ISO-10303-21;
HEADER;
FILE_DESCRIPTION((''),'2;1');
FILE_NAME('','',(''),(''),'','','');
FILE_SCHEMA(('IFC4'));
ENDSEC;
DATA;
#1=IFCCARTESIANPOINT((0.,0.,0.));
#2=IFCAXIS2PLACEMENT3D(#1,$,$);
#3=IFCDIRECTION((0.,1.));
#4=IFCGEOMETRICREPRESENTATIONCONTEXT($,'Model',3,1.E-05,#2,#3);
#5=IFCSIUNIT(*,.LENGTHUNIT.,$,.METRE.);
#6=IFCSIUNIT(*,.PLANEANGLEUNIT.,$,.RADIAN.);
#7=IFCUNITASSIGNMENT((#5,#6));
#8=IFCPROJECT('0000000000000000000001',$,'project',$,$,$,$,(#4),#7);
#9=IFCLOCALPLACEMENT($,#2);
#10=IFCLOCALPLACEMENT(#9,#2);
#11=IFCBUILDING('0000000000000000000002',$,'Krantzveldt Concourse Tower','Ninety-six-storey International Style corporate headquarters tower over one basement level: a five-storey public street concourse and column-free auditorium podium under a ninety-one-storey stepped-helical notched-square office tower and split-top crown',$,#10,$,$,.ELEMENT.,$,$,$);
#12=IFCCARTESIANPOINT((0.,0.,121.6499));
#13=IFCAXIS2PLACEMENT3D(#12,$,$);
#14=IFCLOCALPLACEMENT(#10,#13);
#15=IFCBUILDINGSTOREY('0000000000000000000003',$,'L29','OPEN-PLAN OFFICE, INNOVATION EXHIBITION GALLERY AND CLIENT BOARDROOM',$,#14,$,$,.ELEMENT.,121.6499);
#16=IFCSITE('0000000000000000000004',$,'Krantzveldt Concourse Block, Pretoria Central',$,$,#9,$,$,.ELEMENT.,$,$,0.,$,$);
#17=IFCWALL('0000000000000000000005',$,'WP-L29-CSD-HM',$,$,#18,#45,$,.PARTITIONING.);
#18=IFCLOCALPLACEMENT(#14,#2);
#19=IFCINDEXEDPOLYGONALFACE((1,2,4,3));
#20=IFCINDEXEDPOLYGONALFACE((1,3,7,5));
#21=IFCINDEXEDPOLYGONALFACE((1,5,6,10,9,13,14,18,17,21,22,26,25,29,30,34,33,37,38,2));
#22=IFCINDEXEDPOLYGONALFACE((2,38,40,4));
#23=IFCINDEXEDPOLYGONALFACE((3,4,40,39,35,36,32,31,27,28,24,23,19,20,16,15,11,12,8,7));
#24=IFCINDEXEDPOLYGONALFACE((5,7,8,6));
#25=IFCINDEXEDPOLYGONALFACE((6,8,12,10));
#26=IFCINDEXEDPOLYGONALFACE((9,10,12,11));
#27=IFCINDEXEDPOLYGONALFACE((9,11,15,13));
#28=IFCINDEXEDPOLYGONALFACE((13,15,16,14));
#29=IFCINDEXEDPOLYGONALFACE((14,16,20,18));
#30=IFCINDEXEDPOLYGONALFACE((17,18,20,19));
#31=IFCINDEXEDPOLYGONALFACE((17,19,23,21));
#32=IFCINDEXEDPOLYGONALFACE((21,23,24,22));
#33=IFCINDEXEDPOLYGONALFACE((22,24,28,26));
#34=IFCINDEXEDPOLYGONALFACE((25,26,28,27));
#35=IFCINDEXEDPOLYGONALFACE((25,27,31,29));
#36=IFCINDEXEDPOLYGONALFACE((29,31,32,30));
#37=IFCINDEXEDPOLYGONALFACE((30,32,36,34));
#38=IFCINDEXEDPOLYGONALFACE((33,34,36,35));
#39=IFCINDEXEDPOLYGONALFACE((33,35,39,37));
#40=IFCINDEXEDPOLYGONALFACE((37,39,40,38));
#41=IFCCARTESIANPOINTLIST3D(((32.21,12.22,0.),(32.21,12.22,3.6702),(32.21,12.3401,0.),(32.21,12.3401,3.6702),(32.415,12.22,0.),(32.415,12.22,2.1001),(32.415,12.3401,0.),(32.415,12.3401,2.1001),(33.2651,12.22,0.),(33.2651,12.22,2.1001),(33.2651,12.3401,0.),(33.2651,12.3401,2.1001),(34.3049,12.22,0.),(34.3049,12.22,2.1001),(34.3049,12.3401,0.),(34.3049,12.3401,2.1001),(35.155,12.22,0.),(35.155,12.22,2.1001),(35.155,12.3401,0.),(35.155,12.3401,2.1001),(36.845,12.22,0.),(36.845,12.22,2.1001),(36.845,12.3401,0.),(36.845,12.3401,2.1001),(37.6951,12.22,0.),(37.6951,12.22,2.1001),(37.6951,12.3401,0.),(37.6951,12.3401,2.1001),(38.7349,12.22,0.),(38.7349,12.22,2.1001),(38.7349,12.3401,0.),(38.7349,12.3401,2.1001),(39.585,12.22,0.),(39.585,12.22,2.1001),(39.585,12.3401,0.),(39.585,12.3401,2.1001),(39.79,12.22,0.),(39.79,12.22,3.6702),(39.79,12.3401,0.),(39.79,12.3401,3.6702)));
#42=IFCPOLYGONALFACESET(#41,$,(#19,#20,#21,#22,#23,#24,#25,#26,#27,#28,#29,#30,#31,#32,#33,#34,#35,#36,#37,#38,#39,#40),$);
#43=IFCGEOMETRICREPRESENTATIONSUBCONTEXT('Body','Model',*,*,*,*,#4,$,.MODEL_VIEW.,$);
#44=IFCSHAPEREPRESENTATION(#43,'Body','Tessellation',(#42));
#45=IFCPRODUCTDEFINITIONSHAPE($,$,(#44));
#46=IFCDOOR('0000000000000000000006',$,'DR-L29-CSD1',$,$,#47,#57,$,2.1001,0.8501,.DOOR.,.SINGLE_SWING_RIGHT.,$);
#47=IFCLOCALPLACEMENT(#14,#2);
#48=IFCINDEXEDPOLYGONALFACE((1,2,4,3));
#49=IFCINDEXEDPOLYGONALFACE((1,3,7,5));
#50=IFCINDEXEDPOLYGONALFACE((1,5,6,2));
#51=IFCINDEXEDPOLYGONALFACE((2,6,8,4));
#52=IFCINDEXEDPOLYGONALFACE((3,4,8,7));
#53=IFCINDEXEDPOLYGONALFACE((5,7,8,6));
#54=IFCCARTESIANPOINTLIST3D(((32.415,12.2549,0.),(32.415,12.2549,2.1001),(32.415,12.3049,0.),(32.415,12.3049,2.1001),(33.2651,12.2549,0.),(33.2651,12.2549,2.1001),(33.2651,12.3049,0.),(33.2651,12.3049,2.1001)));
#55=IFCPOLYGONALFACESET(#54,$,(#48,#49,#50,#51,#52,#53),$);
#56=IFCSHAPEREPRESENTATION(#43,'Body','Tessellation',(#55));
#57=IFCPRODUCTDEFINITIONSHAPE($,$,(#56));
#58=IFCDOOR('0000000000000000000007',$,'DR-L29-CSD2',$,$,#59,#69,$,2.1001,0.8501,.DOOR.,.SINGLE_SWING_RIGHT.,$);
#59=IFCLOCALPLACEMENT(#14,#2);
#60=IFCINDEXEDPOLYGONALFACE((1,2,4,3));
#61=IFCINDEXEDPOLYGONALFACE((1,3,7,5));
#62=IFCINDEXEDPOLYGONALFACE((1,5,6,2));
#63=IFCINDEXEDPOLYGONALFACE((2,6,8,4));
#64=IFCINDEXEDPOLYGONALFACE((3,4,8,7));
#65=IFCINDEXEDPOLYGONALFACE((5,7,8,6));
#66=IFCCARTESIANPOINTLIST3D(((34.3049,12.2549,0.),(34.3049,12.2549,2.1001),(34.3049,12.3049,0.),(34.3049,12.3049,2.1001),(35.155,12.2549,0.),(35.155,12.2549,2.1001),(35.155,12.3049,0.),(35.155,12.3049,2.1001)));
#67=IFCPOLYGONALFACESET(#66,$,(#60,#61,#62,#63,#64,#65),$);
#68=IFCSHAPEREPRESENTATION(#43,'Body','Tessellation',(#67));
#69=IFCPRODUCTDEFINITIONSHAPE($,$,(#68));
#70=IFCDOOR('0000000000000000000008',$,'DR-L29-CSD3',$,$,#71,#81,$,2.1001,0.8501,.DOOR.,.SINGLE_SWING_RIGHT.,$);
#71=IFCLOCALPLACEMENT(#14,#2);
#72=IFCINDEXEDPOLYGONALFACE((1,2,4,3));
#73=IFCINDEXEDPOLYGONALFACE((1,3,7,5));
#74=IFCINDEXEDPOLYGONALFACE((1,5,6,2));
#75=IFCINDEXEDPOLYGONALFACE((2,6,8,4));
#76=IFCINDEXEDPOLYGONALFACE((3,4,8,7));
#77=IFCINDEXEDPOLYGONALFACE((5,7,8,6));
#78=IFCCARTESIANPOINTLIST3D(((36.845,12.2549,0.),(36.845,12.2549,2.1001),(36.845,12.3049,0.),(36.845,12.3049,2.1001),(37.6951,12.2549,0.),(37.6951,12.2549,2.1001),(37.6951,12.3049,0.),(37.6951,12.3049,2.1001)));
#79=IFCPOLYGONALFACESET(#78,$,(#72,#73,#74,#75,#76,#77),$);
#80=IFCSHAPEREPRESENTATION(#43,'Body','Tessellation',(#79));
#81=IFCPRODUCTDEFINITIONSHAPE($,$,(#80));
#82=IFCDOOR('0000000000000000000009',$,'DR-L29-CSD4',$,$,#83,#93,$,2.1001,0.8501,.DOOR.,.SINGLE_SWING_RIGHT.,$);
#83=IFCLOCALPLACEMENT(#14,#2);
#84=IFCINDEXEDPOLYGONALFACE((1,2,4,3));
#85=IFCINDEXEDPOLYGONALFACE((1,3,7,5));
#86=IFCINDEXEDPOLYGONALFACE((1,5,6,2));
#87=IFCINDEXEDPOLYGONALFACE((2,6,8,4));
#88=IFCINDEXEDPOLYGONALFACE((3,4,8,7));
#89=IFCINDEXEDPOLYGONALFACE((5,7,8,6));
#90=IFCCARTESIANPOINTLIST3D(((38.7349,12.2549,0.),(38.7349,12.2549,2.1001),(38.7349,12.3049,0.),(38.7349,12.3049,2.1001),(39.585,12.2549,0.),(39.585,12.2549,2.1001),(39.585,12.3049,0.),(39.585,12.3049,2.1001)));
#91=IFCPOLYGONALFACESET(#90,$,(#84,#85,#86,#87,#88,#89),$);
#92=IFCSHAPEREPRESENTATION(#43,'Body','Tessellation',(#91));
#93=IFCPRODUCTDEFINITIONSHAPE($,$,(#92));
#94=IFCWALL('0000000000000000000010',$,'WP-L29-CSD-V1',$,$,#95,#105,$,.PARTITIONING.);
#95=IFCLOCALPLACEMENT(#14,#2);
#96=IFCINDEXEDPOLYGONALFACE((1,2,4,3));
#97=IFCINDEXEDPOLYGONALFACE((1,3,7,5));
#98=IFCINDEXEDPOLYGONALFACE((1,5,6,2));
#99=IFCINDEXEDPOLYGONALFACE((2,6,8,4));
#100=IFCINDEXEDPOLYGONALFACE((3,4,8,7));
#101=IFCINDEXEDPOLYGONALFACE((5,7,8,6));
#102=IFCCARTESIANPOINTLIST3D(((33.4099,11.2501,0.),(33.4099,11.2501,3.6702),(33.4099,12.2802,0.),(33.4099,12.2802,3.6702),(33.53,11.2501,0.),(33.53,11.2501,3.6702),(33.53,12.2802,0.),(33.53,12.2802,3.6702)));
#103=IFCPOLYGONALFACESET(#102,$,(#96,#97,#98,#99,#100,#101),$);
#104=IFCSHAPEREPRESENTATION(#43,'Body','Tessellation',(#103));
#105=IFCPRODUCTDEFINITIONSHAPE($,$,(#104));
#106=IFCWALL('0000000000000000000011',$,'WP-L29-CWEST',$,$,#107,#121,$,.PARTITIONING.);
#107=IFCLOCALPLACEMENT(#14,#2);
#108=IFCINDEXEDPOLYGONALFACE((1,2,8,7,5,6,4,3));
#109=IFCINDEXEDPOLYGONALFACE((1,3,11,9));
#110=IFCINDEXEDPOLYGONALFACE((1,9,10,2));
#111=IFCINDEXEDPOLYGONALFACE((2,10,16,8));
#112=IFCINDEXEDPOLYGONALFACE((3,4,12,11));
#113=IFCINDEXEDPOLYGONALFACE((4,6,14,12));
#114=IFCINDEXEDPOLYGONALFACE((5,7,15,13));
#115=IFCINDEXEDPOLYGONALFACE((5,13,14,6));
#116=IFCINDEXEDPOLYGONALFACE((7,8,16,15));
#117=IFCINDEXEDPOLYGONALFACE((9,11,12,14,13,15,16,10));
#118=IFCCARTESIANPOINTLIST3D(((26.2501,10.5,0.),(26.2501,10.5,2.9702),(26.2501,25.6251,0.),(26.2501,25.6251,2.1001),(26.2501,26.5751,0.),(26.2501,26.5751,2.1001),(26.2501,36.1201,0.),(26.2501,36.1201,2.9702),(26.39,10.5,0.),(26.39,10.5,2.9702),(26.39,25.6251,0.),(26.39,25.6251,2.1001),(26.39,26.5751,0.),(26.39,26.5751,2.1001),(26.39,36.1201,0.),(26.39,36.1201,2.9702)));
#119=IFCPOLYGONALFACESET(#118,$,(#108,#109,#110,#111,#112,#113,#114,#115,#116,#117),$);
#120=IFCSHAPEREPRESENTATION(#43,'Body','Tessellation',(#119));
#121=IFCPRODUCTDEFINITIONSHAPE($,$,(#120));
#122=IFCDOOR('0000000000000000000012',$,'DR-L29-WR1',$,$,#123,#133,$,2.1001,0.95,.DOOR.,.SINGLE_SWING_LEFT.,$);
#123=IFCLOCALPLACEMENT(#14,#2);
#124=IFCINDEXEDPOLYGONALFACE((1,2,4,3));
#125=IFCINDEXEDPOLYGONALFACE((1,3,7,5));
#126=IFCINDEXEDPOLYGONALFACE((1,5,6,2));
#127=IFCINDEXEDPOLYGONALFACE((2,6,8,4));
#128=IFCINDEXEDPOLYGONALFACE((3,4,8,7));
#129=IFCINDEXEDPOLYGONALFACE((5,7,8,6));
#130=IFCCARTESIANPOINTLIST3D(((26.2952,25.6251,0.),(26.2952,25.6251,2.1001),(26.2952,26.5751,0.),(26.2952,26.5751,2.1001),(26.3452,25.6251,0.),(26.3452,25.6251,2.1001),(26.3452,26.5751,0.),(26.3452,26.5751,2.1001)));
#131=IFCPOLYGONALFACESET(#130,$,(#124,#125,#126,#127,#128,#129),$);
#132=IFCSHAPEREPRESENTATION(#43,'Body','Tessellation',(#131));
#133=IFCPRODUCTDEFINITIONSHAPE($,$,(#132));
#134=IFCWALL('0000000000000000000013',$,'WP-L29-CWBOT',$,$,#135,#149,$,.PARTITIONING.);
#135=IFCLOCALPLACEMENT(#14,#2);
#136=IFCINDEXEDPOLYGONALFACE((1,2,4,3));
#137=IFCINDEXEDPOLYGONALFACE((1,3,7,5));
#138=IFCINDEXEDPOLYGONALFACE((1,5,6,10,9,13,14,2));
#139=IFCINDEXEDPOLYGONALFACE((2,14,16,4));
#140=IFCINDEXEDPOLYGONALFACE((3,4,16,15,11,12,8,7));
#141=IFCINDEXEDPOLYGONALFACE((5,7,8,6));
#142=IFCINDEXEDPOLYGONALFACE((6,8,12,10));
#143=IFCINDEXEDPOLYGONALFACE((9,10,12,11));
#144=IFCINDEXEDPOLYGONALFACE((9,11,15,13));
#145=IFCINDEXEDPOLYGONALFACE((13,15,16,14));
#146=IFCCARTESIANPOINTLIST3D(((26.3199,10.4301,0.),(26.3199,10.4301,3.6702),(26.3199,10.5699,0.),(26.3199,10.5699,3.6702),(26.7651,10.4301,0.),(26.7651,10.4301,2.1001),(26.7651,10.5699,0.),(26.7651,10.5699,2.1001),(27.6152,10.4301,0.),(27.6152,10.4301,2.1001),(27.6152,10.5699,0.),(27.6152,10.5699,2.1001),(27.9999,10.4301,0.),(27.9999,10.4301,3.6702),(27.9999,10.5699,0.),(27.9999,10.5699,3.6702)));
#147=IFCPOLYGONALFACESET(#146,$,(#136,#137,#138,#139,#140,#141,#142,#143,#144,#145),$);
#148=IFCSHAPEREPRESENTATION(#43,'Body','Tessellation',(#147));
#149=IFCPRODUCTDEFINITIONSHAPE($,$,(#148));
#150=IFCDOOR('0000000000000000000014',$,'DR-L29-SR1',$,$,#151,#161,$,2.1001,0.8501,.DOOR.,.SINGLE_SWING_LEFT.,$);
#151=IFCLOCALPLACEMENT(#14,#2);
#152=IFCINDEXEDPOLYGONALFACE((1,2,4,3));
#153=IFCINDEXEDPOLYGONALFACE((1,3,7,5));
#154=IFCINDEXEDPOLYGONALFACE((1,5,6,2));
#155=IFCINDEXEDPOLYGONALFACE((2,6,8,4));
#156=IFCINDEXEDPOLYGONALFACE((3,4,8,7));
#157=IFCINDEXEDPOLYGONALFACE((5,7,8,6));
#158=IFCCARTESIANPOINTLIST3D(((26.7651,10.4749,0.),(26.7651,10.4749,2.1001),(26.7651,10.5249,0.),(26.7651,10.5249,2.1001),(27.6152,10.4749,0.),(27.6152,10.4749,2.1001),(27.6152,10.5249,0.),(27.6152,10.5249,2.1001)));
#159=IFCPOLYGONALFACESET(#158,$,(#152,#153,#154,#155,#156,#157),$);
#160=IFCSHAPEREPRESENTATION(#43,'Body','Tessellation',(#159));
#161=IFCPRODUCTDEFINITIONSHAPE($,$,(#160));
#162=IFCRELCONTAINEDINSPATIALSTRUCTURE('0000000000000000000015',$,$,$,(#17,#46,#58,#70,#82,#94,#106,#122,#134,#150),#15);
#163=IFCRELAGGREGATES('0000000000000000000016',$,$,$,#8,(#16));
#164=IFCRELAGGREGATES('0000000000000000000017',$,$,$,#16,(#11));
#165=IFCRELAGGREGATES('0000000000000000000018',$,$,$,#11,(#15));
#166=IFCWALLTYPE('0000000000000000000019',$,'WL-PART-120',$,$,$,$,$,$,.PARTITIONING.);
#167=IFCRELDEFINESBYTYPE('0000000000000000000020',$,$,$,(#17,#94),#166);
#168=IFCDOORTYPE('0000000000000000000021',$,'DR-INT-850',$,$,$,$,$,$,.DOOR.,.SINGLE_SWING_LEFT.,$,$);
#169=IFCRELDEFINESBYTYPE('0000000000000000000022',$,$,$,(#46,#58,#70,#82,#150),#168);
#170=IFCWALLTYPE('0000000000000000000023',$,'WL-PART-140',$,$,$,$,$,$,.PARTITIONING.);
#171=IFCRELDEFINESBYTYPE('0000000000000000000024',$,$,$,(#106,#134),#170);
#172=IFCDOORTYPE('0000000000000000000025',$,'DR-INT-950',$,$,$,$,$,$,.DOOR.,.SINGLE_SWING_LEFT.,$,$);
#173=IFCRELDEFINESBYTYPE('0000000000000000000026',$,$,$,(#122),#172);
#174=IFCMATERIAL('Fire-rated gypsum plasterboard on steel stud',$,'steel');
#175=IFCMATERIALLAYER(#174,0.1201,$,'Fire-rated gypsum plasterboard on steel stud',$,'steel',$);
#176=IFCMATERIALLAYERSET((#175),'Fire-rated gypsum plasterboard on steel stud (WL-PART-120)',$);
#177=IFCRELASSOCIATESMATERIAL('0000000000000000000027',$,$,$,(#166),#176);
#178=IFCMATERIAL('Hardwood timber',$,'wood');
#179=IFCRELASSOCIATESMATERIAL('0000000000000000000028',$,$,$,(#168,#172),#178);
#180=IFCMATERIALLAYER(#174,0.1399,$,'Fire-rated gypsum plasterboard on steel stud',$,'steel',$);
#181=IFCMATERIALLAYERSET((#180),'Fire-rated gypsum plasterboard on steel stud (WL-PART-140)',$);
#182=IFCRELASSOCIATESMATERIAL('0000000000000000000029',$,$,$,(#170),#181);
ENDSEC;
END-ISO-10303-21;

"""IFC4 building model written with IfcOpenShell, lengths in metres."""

from ifc_helpers import new_model, si_unit, direction, frame, frame_2d, origin, place, context, subcontext, project, spatial, rectangle, extrude, material, layer, layer_set, type_object, element, fill, save


model = new_model("IFC4")

# Units and contexts
model_context = context("Model", 3, precision=1e-05, world=origin(), true_north=direction((0.0, 1.0)))
body_context = subcontext(model_context, "Body", "Model", "MODEL_VIEW")
ifc_project = project(units=[si_unit("LENGTHUNIT", "METRE"), si_unit("PLANEANGLEUNIT", "RADIAN")], contexts=[model_context])

# Site, building, storey
site_placement = place(None, origin())
site = spatial("IfcSite", under=ifc_project, at=site_placement, Name="Krantzveldt Concourse Block, Pretoria Central", CompositionType="ELEMENT", RefElevation=0.0)
building_placement = place(site_placement, origin())
building = spatial("IfcBuilding", under=site, at=building_placement, Name="Krantzveldt Concourse Tower", Description="Ninety-six-storey International Style corporate headquarters tower over one basement level: a five-storey public street concourse and column-free auditorium podium under a ninety-one-storey stepped-helical notched-square office tower and split-top crown", CompositionType="ELEMENT")
storey_placement = place(building_placement, frame((0.0, 0.0, 121.6499)))
storey = spatial("IfcBuildingStorey", under=building, at=storey_placement, Name="L29", Description="OPEN-PLAN OFFICE, INNOVATION EXHIBITION GALLERY AND CLIENT BOARDROOM", CompositionType="ELEMENT", Elevation=121.6499)

# Shared definitions
ifc_material_1 = material(Name="Fire-rated gypsum plasterboard on steel stud", Category="steel")
ifc_layer_1 = layer(ifc_material_1, 0.1201, Name="Fire-rated gypsum plasterboard on steel stud", Category="steel")
ifc_layer_set_1 = layer_set([ifc_layer_1], Name="Fire-rated gypsum plasterboard on steel stud (WL-PART-120)")
wall_type_1 = type_object("IfcWallType", Name="WL-PART-120", PredefinedType="PARTITIONING", material=ifc_layer_set_1)
ifc_material_2 = material(Name="Hardwood timber", Category="wood")
door_type_1 = type_object("IfcDoorType", Name="DR-INT-850", OperationType="SINGLE_SWING_LEFT", PredefinedType="DOOR", material=ifc_material_2)

# Wall, openings, doors
wall_1_placement = place(storey_placement, frame((32.21, 12.28, 0.0), z_axis=(0.0, 0.0, 1.0), x_axis=(1.0, 0.0, 0.0)))
wall_1 = element("IfcWall", 1, at=wall_1_placement, inside=storey, type_object=wall_type_1, Name="WP-L29-CSD-HM", PredefinedType="PARTITIONING", context=body_context, shape_type="SweptSolid", body=[
    extrude(rectangle(XDim=7.5801, YDim=0.1201, at=frame_2d((3.79, 0.0))), origin(), (0.0, 0.0, 1.0), 3.6702),
])
opening_1_placement = place(wall_1_placement, frame((0.2051, 0.0, 0.0)))
opening_1 = element("IfcOpeningElement", 2, at=opening_1_placement, cuts=wall_1, PredefinedType="OPENING", context=body_context, shape_type="SweptSolid", body=[
    extrude(rectangle(XDim=0.8501, YDim=2.1001, at=frame_2d((0.425, 1.05))), frame((0.0, 0.0701, 0.0), z_axis=(0.0, -1.0, 0.0), x_axis=(1.0, 0.0, 0.0)), (0.0, 0.0, 1.0), 0.1401),
])
opening_2_placement = place(wall_1_placement, frame((2.095, 0.0, 0.0)))
opening_2 = element("IfcOpeningElement", 3, at=opening_2_placement, cuts=wall_1, PredefinedType="OPENING", context=body_context, shape_type="SweptSolid", body=[
    extrude(rectangle(XDim=0.8501, YDim=2.1001, at=frame_2d((0.425, 1.05))), frame((0.0, 0.0701, 0.0), z_axis=(0.0, -1.0, 0.0), x_axis=(1.0, 0.0, 0.0)), (0.0, 0.0, 1.0), 0.1401),
])
opening_3_placement = place(wall_1_placement, frame((4.635, 0.0, 0.0)))
opening_3 = element("IfcOpeningElement", 4, at=opening_3_placement, cuts=wall_1, PredefinedType="OPENING", context=body_context, shape_type="SweptSolid", body=[
    extrude(rectangle(XDim=0.8501, YDim=2.1001, at=frame_2d((0.425, 1.05))), frame((0.0, 0.0701, 0.0), z_axis=(0.0, -1.0, 0.0), x_axis=(1.0, 0.0, 0.0)), (0.0, 0.0, 1.0), 0.1401),
])
opening_4_placement = place(wall_1_placement, frame((6.5249, 0.0, 0.0)))
opening_4 = element("IfcOpeningElement", 5, at=opening_4_placement, cuts=wall_1, PredefinedType="OPENING", context=body_context, shape_type="SweptSolid", body=[
    extrude(rectangle(XDim=0.8501, YDim=2.1001, at=frame_2d((0.425, 1.05))), frame((0.0, 0.0701, 0.0), z_axis=(0.0, -1.0, 0.0), x_axis=(1.0, 0.0, 0.0)), (0.0, 0.0, 1.0), 0.1401),
])
door_1_placement = place(opening_1_placement, origin())
door_1 = element("IfcDoor", 6, at=door_1_placement, inside=storey, type_object=door_type_1, Name="DR-L29-CSD1", OperationType="SINGLE_SWING_RIGHT", OverallHeight=2.1001, OverallWidth=0.8501, PredefinedType="DOOR", context=body_context, shape_type="SweptSolid", body=[
    extrude(rectangle(XDim=0.8501, YDim=2.1001, at=frame_2d((0.425, 1.05))), frame((0.0, 0.0249, 0.0), z_axis=(0.0, -1.0, 0.0), x_axis=(1.0, 0.0, 0.0)), (0.0, 0.0, 1.0), 0.05),
])
fill(opening_1, door_1)
door_2_placement = place(opening_2_placement, origin())
door_2 = element("IfcDoor", 7, at=door_2_placement, inside=storey, type_object=door_type_1, Name="DR-L29-CSD2", OperationType="SINGLE_SWING_RIGHT", OverallHeight=2.1001, OverallWidth=0.8501, PredefinedType="DOOR", context=body_context, shape_type="SweptSolid", body=[
    extrude(rectangle(XDim=0.8501, YDim=2.1001, at=frame_2d((0.425, 1.05))), frame((0.0, 0.0249, 0.0), z_axis=(0.0, -1.0, 0.0), x_axis=(1.0, 0.0, 0.0)), (0.0, 0.0, 1.0), 0.05),
])
fill(opening_2, door_2)
door_3_placement = place(opening_3_placement, origin())
door_3 = element("IfcDoor", 8, at=door_3_placement, inside=storey, type_object=door_type_1, Name="DR-L29-CSD3", OperationType="SINGLE_SWING_RIGHT", OverallHeight=2.1001, OverallWidth=0.8501, PredefinedType="DOOR", context=body_context, shape_type="SweptSolid", body=[
    extrude(rectangle(XDim=0.8501, YDim=2.1001, at=frame_2d((0.425, 1.05))), frame((0.0, 0.0249, 0.0), z_axis=(0.0, -1.0, 0.0), x_axis=(1.0, 0.0, 0.0)), (0.0, 0.0, 1.0), 0.05),
])
fill(opening_3, door_3)
door_4_placement = place(opening_4_placement, origin())
door_4 = element("IfcDoor", 9, at=door_4_placement, inside=storey, type_object=door_type_1, Name="DR-L29-CSD4", OperationType="SINGLE_SWING_RIGHT", OverallHeight=2.1001, OverallWidth=0.8501, PredefinedType="DOOR", context=body_context, shape_type="SweptSolid", body=[
    extrude(rectangle(XDim=0.8501, YDim=2.1001, at=frame_2d((0.425, 1.05))), frame((0.0, 0.0249, 0.0), z_axis=(0.0, -1.0, 0.0), x_axis=(1.0, 0.0, 0.0)), (0.0, 0.0, 1.0), 0.05),
])
fill(opening_4, door_4)

# Wall
wall_2_placement = place(storey_placement, frame((33.47, 11.25, 0.0), z_axis=(0.0, 0.0, 1.0), x_axis=(0.0, 1.0, 0.0)))
element("IfcWall", 10, at=wall_2_placement, inside=storey, type_object=wall_type_1, Name="WP-L29-CSD-V1", PredefinedType="PARTITIONING", context=body_context, shape_type="SweptSolid", body=[
    extrude(rectangle(XDim=1.03, YDim=0.1201, at=frame_2d((0.5151, 0.0))), origin(), (0.0, 0.0, 1.0), 3.6702),
])

# Walls, openings, doors
ifc_layer_2 = layer(ifc_material_1, 0.1399, Name="Fire-rated gypsum plasterboard on steel stud", Category="steel")
ifc_layer_set_2 = layer_set([ifc_layer_2], Name="Fire-rated gypsum plasterboard on steel stud (WL-PART-140)")
wall_type_2 = type_object("IfcWallType", Name="WL-PART-140", PredefinedType="PARTITIONING", material=ifc_layer_set_2)
wall_3_placement = place(storey_placement, frame((26.3201, 10.5, 0.0), z_axis=(0.0, 0.0, 1.0), x_axis=(0.0, 1.0, 0.0)))
wall_3 = element("IfcWall", 11, at=wall_3_placement, inside=storey, type_object=wall_type_2, Name="WP-L29-CWEST", PredefinedType="PARTITIONING", context=body_context, shape_type="SweptSolid", body=[
    extrude(rectangle(XDim=25.6201, YDim=0.1399, at=frame_2d((12.8101, 0.0))), origin(), (0.0, 0.0, 1.0), 2.9702),
])
opening_5_placement = place(wall_3_placement, frame((15.125, 0.0, 0.0)))
opening_5 = element("IfcOpeningElement", 12, at=opening_5_placement, cuts=wall_3, PredefinedType="OPENING", context=body_context, shape_type="SweptSolid", body=[
    extrude(rectangle(XDim=0.95, YDim=2.1001, at=frame_2d((0.4751, 1.05))), frame((0.0, 0.0801, 0.0), z_axis=(0.0, -1.0, 0.0), x_axis=(1.0, 0.0, 0.0)), (0.0, 0.0, 1.0), 0.1599),
])
door_type_2 = type_object("IfcDoorType", Name="DR-INT-950", OperationType="SINGLE_SWING_LEFT", PredefinedType="DOOR", material=ifc_material_2)
door_5_placement = place(opening_5_placement, origin())
door_5 = element("IfcDoor", 13, at=door_5_placement, inside=storey, type_object=door_type_2, Name="DR-L29-WR1", OperationType="SINGLE_SWING_LEFT", OverallHeight=2.1001, OverallWidth=0.95, PredefinedType="DOOR", context=body_context, shape_type="SweptSolid", body=[
    extrude(rectangle(XDim=0.95, YDim=2.1001, at=frame_2d((0.4751, 1.05))), frame((0.0, 0.0249, 0.0), z_axis=(0.0, -1.0, 0.0), x_axis=(1.0, 0.0, 0.0)), (0.0, 0.0, 1.0), 0.05),
])
fill(opening_5, door_5)
wall_4_placement = place(storey_placement, frame((26.3201, 10.5, 0.0), z_axis=(0.0, 0.0, 1.0), x_axis=(1.0, 0.0, 0.0)))
wall_4 = element("IfcWall", 14, at=wall_4_placement, inside=storey, type_object=wall_type_2, Name="WP-L29-CWBOT", PredefinedType="PARTITIONING", context=body_context, shape_type="SweptSolid", body=[
    extrude(rectangle(XDim=1.6799, YDim=0.1399, at=frame_2d((0.8398, 0.0))), origin(), (0.0, 0.0, 1.0), 3.6702),
])
opening_6_placement = place(wall_4_placement, frame((0.4451, 0.0, 0.0)))
opening_6 = element("IfcOpeningElement", 15, at=opening_6_placement, cuts=wall_4, PredefinedType="OPENING", context=body_context, shape_type="SweptSolid", body=[
    extrude(rectangle(XDim=0.8501, YDim=2.1001, at=frame_2d((0.425, 1.05))), frame((0.0, 0.0801, 0.0), z_axis=(0.0, -1.0, 0.0), x_axis=(1.0, 0.0, 0.0)), (0.0, 0.0, 1.0), 0.1599),
])
door_6_placement = place(opening_6_placement, origin())
door_6 = element("IfcDoor", 16, at=door_6_placement, inside=storey, type_object=door_type_1, Name="DR-L29-SR1", OperationType="SINGLE_SWING_LEFT", OverallHeight=2.1001, OverallWidth=0.8501, PredefinedType="DOOR", context=body_context, shape_type="SweptSolid", body=[
    extrude(rectangle(XDim=0.8501, YDim=2.1001, at=frame_2d((0.425, 1.05))), frame((0.0, 0.0249, 0.0), z_axis=(0.0, -1.0, 0.0), x_axis=(1.0, 0.0, 0.0)), (0.0, 0.0, 1.0), 0.05),
])
fill(opening_6, door_6)

save(model, "model.ifc")
